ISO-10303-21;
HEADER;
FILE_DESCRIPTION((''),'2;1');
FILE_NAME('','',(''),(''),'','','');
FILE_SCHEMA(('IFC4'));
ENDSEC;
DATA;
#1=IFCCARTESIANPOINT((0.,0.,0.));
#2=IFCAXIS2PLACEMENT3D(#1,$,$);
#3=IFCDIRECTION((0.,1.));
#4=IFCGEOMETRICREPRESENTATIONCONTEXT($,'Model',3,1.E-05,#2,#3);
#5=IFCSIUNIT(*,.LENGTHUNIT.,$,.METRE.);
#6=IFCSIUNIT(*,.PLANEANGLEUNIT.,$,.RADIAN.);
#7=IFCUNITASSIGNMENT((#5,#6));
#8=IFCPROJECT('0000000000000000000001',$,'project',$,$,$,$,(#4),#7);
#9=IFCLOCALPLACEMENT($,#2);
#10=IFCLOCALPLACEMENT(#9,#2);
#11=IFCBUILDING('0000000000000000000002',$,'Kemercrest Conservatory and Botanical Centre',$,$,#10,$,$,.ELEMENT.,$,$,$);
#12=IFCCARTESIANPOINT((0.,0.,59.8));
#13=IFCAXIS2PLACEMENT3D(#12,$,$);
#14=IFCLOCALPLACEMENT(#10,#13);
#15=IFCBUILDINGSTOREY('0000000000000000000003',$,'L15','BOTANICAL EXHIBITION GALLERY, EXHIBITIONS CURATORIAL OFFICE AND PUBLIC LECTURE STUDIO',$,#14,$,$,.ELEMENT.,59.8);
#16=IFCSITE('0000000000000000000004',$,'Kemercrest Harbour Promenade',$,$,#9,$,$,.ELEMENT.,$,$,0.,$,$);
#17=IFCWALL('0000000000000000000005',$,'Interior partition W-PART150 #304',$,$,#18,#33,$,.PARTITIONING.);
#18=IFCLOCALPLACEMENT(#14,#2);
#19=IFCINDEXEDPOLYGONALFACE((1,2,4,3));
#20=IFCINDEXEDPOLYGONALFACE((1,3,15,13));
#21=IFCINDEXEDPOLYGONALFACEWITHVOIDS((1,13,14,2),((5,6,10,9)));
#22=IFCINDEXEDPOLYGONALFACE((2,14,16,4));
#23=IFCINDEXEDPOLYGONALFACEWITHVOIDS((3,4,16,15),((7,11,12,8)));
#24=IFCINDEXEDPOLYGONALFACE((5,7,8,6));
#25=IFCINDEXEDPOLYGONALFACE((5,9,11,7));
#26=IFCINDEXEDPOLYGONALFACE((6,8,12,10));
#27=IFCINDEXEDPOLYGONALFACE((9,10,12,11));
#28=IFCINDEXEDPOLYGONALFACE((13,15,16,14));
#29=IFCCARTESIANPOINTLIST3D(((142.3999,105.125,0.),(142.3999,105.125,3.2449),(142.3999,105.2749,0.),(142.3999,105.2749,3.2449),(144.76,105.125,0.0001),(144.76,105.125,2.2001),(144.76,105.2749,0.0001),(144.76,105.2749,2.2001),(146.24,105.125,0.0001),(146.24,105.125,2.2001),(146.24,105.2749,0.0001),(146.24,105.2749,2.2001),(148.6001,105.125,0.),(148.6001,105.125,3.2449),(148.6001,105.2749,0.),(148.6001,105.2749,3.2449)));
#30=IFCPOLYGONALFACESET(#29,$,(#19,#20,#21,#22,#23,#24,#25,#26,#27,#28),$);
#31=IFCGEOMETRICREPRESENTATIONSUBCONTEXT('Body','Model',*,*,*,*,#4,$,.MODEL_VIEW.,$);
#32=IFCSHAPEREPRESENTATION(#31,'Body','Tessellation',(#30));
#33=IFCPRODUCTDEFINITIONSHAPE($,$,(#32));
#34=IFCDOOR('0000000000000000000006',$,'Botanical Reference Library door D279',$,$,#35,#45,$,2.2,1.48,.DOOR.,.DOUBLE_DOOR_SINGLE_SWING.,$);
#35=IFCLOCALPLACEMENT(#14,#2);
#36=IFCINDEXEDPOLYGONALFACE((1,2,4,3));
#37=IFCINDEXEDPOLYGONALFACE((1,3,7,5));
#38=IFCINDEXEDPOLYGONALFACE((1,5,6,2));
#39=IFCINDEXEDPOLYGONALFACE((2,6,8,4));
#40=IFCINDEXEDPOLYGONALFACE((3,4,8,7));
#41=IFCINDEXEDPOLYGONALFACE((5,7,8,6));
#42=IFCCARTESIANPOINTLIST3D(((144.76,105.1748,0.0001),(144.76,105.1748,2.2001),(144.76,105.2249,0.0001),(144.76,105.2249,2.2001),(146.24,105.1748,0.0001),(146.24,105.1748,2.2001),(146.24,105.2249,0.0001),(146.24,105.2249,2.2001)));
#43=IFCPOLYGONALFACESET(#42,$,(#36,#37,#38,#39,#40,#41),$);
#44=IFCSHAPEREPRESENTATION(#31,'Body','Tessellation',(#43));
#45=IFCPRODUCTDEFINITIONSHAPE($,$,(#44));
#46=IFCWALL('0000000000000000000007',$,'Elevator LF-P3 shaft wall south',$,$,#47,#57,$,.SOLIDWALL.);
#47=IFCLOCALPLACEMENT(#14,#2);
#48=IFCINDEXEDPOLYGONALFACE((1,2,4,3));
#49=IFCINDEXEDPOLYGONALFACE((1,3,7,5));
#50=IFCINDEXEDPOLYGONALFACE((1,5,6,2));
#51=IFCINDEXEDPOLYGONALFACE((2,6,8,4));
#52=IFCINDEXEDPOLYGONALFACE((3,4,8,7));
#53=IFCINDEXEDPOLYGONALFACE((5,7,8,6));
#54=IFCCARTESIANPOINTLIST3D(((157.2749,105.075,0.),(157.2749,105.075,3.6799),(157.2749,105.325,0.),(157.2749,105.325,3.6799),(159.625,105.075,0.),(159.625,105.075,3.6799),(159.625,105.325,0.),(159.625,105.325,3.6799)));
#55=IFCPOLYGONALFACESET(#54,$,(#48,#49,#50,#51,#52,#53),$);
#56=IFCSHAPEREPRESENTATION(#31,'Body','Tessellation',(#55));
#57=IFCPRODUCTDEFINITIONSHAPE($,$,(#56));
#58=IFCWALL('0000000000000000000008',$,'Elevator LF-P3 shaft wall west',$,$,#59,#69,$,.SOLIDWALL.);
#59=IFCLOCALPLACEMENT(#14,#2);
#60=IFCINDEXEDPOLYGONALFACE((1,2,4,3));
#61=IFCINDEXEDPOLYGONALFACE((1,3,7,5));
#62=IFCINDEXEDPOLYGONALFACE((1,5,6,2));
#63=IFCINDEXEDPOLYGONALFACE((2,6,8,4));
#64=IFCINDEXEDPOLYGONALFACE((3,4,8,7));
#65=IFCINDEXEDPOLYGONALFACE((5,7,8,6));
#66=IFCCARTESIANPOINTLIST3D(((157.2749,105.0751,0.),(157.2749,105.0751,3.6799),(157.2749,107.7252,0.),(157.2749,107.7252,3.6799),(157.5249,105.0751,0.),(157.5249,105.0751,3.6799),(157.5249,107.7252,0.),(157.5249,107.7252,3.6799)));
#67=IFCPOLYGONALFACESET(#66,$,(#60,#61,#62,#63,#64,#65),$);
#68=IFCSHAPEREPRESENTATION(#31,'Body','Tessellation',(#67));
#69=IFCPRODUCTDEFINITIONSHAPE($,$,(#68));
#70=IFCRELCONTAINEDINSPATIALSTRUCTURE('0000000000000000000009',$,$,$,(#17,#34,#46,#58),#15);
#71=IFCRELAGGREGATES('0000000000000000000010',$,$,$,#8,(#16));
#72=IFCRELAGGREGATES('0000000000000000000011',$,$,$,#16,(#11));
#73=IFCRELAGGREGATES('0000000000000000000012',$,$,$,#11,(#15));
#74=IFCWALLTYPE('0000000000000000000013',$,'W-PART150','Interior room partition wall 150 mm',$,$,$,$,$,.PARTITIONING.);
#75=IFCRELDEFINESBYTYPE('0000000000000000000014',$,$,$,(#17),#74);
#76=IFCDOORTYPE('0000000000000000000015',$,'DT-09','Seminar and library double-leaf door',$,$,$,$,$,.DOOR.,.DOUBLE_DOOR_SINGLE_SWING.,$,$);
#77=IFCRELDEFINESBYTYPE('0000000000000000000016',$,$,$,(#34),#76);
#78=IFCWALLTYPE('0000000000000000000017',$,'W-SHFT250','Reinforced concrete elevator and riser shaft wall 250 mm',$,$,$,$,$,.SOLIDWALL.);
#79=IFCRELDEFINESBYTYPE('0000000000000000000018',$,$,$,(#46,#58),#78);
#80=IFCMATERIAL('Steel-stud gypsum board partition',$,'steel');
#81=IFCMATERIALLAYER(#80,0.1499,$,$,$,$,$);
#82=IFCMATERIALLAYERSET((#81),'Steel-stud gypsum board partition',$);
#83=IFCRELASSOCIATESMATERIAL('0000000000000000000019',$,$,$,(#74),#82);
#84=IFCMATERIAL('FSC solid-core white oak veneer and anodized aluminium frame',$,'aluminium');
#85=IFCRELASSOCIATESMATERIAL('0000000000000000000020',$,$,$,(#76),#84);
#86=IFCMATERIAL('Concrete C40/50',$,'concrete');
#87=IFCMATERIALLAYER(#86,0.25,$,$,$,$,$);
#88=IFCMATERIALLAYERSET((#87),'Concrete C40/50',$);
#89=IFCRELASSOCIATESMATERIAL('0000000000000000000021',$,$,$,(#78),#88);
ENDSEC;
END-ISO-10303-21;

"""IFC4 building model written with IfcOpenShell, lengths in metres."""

from ifc_helpers import new_model, si_unit, direction, frame, frame_2d, origin, place, context, subcontext, project, spatial, rectangle, extrude, material, layer, layer_set, type_object, element, fill, save


model = new_model("IFC4")

# Units and contexts
model_context = context("Model", 3, precision=1e-05, world=origin(), true_north=direction((0.0, 1.0)))
body_context = subcontext(model_context, "Body", "Model", "MODEL_VIEW")
ifc_project = project(units=[si_unit("LENGTHUNIT", "METRE"), si_unit("PLANEANGLEUNIT", "RADIAN")], contexts=[model_context])

# Site, building, storey
site_placement = place(None, origin())
site = spatial("IfcSite", under=ifc_project, at=site_placement, Name="Kemercrest Harbour Promenade", CompositionType="ELEMENT", RefElevation=0.0)
building_placement = place(site_placement, origin())
building = spatial("IfcBuilding", under=site, at=building_placement, Name="Kemercrest Conservatory and Botanical Centre", CompositionType="ELEMENT")
storey_placement = place(building_placement, frame((0.0, 0.0, 59.8)))
storey = spatial("IfcBuildingStorey", under=building, at=storey_placement, Name="L15", Description="BOTANICAL EXHIBITION GALLERY, EXHIBITIONS CURATORIAL OFFICE AND PUBLIC LECTURE STUDIO", CompositionType="ELEMENT", Elevation=59.8)

# Shared definitions
ifc_material_1 = material(Name="Concrete C40/50", Category="concrete")

# Wall, opening, door
ifc_material_2 = material(Name="Steel-stud gypsum board partition", Category="steel")
ifc_layer_1 = layer(ifc_material_2, 0.1499)
ifc_layer_set_1 = layer_set([ifc_layer_1], Name="Steel-stud gypsum board partition")
wall_type_1 = type_object("IfcWallType", Name="W-PART150", Description="Interior room partition wall 150 mm", PredefinedType="PARTITIONING", material=ifc_layer_set_1)
wall_1_placement = place(storey_placement, frame((142.3999, 105.2, 0.0), z_axis=(0.0, 0.0, 1.0), x_axis=(1.0, 0.0, 0.0)))
wall_1 = element("IfcWall", 1, at=wall_1_placement, inside=storey, type_object=wall_type_1, Name="Interior partition W-PART150 #304", PredefinedType="PARTITIONING", context=body_context, shape_type="SweptSolid", body=[
    extrude(rectangle(XDim=6.2002, YDim=0.1499, at=frame_2d((3.1001, 0.0))), origin(), (0.0, 0.0, 1.0), 3.2449),
])
opening_1_placement = place(wall_1_placement, frame((2.3601, 0.0, 0.0)))
opening_1 = element("IfcOpeningElement", 2, at=opening_1_placement, cuts=wall_1, PredefinedType="OPENING", context=body_context, shape_type="SweptSolid", body=[
    extrude(rectangle(XDim=1.48, YDim=2.2, at=frame_2d((0.74, 1.1001))), frame((0.0, 0.085, 0.0), z_axis=(0.0, -1.0, 0.0), x_axis=(1.0, 0.0, 0.0)), (0.0, 0.0, 1.0), 0.1699),
])
ifc_material_3 = material(Name="FSC solid-core white oak veneer and anodized aluminium frame", Category="aluminium")
door_type_1 = type_object("IfcDoorType", Name="DT-09", Description="Seminar and library double-leaf door", OperationType="DOUBLE_DOOR_SINGLE_SWING", PredefinedType="DOOR", material=ifc_material_3)
door_1_placement = place(opening_1_placement, origin())
door_1 = element("IfcDoor", 3, at=door_1_placement, inside=storey, type_object=door_type_1, Name="Botanical Reference Library door D279", OperationType="DOUBLE_DOOR_SINGLE_SWING", OverallHeight=2.2, OverallWidth=1.48, PredefinedType="DOOR", context=body_context, shape_type="SweptSolid", body=[
    extrude(rectangle(XDim=1.48, YDim=2.2, at=frame_2d((0.74, 1.1001))), frame((0.0, 0.0249, 0.0), z_axis=(0.0, -1.0, 0.0), x_axis=(1.0, 0.0, 0.0)), (0.0, 0.0, 1.0), 0.05),
])
fill(opening_1, door_1)

# Walls
ifc_layer_2 = layer(ifc_material_1, 0.25)
ifc_layer_set_2 = layer_set([ifc_layer_2], Name="Concrete C40/50")
wall_type_2 = type_object("IfcWallType", Name="W-SHFT250", Description="Reinforced concrete elevator and riser shaft wall 250 mm", PredefinedType="SOLIDWALL", material=ifc_layer_set_2)
wall_2_placement = place(storey_placement, frame((157.2749, 105.2, 0.0), z_axis=(0.0, 0.0, 1.0), x_axis=(1.0, 0.0, 0.0)))
element("IfcWall", 4, at=wall_2_placement, inside=storey, type_object=wall_type_2, Name="Elevator LF-P3 shaft wall south", PredefinedType="SOLIDWALL", context=body_context, shape_type="SweptSolid", body=[
    extrude(rectangle(XDim=2.3501, YDim=0.25, at=frame_2d((1.175, 0.0))), origin(), (0.0, 0.0, 1.0), 3.6799),
])
wall_3_placement = place(storey_placement, frame((157.3999, 105.075, 0.0), z_axis=(0.0, 0.0, 1.0), x_axis=(0.0, 1.0, 0.0)))
element("IfcWall", 5, at=wall_3_placement, inside=storey, type_object=wall_type_2, Name="Elevator LF-P3 shaft wall west", PredefinedType="SOLIDWALL", context=body_context, shape_type="SweptSolid", body=[
    extrude(rectangle(XDim=2.6501, YDim=0.25, at=frame_2d((1.3252, 0.0))), origin(), (0.0, 0.0, 1.0), 3.6799),
])

save(model, "model.ifc")
